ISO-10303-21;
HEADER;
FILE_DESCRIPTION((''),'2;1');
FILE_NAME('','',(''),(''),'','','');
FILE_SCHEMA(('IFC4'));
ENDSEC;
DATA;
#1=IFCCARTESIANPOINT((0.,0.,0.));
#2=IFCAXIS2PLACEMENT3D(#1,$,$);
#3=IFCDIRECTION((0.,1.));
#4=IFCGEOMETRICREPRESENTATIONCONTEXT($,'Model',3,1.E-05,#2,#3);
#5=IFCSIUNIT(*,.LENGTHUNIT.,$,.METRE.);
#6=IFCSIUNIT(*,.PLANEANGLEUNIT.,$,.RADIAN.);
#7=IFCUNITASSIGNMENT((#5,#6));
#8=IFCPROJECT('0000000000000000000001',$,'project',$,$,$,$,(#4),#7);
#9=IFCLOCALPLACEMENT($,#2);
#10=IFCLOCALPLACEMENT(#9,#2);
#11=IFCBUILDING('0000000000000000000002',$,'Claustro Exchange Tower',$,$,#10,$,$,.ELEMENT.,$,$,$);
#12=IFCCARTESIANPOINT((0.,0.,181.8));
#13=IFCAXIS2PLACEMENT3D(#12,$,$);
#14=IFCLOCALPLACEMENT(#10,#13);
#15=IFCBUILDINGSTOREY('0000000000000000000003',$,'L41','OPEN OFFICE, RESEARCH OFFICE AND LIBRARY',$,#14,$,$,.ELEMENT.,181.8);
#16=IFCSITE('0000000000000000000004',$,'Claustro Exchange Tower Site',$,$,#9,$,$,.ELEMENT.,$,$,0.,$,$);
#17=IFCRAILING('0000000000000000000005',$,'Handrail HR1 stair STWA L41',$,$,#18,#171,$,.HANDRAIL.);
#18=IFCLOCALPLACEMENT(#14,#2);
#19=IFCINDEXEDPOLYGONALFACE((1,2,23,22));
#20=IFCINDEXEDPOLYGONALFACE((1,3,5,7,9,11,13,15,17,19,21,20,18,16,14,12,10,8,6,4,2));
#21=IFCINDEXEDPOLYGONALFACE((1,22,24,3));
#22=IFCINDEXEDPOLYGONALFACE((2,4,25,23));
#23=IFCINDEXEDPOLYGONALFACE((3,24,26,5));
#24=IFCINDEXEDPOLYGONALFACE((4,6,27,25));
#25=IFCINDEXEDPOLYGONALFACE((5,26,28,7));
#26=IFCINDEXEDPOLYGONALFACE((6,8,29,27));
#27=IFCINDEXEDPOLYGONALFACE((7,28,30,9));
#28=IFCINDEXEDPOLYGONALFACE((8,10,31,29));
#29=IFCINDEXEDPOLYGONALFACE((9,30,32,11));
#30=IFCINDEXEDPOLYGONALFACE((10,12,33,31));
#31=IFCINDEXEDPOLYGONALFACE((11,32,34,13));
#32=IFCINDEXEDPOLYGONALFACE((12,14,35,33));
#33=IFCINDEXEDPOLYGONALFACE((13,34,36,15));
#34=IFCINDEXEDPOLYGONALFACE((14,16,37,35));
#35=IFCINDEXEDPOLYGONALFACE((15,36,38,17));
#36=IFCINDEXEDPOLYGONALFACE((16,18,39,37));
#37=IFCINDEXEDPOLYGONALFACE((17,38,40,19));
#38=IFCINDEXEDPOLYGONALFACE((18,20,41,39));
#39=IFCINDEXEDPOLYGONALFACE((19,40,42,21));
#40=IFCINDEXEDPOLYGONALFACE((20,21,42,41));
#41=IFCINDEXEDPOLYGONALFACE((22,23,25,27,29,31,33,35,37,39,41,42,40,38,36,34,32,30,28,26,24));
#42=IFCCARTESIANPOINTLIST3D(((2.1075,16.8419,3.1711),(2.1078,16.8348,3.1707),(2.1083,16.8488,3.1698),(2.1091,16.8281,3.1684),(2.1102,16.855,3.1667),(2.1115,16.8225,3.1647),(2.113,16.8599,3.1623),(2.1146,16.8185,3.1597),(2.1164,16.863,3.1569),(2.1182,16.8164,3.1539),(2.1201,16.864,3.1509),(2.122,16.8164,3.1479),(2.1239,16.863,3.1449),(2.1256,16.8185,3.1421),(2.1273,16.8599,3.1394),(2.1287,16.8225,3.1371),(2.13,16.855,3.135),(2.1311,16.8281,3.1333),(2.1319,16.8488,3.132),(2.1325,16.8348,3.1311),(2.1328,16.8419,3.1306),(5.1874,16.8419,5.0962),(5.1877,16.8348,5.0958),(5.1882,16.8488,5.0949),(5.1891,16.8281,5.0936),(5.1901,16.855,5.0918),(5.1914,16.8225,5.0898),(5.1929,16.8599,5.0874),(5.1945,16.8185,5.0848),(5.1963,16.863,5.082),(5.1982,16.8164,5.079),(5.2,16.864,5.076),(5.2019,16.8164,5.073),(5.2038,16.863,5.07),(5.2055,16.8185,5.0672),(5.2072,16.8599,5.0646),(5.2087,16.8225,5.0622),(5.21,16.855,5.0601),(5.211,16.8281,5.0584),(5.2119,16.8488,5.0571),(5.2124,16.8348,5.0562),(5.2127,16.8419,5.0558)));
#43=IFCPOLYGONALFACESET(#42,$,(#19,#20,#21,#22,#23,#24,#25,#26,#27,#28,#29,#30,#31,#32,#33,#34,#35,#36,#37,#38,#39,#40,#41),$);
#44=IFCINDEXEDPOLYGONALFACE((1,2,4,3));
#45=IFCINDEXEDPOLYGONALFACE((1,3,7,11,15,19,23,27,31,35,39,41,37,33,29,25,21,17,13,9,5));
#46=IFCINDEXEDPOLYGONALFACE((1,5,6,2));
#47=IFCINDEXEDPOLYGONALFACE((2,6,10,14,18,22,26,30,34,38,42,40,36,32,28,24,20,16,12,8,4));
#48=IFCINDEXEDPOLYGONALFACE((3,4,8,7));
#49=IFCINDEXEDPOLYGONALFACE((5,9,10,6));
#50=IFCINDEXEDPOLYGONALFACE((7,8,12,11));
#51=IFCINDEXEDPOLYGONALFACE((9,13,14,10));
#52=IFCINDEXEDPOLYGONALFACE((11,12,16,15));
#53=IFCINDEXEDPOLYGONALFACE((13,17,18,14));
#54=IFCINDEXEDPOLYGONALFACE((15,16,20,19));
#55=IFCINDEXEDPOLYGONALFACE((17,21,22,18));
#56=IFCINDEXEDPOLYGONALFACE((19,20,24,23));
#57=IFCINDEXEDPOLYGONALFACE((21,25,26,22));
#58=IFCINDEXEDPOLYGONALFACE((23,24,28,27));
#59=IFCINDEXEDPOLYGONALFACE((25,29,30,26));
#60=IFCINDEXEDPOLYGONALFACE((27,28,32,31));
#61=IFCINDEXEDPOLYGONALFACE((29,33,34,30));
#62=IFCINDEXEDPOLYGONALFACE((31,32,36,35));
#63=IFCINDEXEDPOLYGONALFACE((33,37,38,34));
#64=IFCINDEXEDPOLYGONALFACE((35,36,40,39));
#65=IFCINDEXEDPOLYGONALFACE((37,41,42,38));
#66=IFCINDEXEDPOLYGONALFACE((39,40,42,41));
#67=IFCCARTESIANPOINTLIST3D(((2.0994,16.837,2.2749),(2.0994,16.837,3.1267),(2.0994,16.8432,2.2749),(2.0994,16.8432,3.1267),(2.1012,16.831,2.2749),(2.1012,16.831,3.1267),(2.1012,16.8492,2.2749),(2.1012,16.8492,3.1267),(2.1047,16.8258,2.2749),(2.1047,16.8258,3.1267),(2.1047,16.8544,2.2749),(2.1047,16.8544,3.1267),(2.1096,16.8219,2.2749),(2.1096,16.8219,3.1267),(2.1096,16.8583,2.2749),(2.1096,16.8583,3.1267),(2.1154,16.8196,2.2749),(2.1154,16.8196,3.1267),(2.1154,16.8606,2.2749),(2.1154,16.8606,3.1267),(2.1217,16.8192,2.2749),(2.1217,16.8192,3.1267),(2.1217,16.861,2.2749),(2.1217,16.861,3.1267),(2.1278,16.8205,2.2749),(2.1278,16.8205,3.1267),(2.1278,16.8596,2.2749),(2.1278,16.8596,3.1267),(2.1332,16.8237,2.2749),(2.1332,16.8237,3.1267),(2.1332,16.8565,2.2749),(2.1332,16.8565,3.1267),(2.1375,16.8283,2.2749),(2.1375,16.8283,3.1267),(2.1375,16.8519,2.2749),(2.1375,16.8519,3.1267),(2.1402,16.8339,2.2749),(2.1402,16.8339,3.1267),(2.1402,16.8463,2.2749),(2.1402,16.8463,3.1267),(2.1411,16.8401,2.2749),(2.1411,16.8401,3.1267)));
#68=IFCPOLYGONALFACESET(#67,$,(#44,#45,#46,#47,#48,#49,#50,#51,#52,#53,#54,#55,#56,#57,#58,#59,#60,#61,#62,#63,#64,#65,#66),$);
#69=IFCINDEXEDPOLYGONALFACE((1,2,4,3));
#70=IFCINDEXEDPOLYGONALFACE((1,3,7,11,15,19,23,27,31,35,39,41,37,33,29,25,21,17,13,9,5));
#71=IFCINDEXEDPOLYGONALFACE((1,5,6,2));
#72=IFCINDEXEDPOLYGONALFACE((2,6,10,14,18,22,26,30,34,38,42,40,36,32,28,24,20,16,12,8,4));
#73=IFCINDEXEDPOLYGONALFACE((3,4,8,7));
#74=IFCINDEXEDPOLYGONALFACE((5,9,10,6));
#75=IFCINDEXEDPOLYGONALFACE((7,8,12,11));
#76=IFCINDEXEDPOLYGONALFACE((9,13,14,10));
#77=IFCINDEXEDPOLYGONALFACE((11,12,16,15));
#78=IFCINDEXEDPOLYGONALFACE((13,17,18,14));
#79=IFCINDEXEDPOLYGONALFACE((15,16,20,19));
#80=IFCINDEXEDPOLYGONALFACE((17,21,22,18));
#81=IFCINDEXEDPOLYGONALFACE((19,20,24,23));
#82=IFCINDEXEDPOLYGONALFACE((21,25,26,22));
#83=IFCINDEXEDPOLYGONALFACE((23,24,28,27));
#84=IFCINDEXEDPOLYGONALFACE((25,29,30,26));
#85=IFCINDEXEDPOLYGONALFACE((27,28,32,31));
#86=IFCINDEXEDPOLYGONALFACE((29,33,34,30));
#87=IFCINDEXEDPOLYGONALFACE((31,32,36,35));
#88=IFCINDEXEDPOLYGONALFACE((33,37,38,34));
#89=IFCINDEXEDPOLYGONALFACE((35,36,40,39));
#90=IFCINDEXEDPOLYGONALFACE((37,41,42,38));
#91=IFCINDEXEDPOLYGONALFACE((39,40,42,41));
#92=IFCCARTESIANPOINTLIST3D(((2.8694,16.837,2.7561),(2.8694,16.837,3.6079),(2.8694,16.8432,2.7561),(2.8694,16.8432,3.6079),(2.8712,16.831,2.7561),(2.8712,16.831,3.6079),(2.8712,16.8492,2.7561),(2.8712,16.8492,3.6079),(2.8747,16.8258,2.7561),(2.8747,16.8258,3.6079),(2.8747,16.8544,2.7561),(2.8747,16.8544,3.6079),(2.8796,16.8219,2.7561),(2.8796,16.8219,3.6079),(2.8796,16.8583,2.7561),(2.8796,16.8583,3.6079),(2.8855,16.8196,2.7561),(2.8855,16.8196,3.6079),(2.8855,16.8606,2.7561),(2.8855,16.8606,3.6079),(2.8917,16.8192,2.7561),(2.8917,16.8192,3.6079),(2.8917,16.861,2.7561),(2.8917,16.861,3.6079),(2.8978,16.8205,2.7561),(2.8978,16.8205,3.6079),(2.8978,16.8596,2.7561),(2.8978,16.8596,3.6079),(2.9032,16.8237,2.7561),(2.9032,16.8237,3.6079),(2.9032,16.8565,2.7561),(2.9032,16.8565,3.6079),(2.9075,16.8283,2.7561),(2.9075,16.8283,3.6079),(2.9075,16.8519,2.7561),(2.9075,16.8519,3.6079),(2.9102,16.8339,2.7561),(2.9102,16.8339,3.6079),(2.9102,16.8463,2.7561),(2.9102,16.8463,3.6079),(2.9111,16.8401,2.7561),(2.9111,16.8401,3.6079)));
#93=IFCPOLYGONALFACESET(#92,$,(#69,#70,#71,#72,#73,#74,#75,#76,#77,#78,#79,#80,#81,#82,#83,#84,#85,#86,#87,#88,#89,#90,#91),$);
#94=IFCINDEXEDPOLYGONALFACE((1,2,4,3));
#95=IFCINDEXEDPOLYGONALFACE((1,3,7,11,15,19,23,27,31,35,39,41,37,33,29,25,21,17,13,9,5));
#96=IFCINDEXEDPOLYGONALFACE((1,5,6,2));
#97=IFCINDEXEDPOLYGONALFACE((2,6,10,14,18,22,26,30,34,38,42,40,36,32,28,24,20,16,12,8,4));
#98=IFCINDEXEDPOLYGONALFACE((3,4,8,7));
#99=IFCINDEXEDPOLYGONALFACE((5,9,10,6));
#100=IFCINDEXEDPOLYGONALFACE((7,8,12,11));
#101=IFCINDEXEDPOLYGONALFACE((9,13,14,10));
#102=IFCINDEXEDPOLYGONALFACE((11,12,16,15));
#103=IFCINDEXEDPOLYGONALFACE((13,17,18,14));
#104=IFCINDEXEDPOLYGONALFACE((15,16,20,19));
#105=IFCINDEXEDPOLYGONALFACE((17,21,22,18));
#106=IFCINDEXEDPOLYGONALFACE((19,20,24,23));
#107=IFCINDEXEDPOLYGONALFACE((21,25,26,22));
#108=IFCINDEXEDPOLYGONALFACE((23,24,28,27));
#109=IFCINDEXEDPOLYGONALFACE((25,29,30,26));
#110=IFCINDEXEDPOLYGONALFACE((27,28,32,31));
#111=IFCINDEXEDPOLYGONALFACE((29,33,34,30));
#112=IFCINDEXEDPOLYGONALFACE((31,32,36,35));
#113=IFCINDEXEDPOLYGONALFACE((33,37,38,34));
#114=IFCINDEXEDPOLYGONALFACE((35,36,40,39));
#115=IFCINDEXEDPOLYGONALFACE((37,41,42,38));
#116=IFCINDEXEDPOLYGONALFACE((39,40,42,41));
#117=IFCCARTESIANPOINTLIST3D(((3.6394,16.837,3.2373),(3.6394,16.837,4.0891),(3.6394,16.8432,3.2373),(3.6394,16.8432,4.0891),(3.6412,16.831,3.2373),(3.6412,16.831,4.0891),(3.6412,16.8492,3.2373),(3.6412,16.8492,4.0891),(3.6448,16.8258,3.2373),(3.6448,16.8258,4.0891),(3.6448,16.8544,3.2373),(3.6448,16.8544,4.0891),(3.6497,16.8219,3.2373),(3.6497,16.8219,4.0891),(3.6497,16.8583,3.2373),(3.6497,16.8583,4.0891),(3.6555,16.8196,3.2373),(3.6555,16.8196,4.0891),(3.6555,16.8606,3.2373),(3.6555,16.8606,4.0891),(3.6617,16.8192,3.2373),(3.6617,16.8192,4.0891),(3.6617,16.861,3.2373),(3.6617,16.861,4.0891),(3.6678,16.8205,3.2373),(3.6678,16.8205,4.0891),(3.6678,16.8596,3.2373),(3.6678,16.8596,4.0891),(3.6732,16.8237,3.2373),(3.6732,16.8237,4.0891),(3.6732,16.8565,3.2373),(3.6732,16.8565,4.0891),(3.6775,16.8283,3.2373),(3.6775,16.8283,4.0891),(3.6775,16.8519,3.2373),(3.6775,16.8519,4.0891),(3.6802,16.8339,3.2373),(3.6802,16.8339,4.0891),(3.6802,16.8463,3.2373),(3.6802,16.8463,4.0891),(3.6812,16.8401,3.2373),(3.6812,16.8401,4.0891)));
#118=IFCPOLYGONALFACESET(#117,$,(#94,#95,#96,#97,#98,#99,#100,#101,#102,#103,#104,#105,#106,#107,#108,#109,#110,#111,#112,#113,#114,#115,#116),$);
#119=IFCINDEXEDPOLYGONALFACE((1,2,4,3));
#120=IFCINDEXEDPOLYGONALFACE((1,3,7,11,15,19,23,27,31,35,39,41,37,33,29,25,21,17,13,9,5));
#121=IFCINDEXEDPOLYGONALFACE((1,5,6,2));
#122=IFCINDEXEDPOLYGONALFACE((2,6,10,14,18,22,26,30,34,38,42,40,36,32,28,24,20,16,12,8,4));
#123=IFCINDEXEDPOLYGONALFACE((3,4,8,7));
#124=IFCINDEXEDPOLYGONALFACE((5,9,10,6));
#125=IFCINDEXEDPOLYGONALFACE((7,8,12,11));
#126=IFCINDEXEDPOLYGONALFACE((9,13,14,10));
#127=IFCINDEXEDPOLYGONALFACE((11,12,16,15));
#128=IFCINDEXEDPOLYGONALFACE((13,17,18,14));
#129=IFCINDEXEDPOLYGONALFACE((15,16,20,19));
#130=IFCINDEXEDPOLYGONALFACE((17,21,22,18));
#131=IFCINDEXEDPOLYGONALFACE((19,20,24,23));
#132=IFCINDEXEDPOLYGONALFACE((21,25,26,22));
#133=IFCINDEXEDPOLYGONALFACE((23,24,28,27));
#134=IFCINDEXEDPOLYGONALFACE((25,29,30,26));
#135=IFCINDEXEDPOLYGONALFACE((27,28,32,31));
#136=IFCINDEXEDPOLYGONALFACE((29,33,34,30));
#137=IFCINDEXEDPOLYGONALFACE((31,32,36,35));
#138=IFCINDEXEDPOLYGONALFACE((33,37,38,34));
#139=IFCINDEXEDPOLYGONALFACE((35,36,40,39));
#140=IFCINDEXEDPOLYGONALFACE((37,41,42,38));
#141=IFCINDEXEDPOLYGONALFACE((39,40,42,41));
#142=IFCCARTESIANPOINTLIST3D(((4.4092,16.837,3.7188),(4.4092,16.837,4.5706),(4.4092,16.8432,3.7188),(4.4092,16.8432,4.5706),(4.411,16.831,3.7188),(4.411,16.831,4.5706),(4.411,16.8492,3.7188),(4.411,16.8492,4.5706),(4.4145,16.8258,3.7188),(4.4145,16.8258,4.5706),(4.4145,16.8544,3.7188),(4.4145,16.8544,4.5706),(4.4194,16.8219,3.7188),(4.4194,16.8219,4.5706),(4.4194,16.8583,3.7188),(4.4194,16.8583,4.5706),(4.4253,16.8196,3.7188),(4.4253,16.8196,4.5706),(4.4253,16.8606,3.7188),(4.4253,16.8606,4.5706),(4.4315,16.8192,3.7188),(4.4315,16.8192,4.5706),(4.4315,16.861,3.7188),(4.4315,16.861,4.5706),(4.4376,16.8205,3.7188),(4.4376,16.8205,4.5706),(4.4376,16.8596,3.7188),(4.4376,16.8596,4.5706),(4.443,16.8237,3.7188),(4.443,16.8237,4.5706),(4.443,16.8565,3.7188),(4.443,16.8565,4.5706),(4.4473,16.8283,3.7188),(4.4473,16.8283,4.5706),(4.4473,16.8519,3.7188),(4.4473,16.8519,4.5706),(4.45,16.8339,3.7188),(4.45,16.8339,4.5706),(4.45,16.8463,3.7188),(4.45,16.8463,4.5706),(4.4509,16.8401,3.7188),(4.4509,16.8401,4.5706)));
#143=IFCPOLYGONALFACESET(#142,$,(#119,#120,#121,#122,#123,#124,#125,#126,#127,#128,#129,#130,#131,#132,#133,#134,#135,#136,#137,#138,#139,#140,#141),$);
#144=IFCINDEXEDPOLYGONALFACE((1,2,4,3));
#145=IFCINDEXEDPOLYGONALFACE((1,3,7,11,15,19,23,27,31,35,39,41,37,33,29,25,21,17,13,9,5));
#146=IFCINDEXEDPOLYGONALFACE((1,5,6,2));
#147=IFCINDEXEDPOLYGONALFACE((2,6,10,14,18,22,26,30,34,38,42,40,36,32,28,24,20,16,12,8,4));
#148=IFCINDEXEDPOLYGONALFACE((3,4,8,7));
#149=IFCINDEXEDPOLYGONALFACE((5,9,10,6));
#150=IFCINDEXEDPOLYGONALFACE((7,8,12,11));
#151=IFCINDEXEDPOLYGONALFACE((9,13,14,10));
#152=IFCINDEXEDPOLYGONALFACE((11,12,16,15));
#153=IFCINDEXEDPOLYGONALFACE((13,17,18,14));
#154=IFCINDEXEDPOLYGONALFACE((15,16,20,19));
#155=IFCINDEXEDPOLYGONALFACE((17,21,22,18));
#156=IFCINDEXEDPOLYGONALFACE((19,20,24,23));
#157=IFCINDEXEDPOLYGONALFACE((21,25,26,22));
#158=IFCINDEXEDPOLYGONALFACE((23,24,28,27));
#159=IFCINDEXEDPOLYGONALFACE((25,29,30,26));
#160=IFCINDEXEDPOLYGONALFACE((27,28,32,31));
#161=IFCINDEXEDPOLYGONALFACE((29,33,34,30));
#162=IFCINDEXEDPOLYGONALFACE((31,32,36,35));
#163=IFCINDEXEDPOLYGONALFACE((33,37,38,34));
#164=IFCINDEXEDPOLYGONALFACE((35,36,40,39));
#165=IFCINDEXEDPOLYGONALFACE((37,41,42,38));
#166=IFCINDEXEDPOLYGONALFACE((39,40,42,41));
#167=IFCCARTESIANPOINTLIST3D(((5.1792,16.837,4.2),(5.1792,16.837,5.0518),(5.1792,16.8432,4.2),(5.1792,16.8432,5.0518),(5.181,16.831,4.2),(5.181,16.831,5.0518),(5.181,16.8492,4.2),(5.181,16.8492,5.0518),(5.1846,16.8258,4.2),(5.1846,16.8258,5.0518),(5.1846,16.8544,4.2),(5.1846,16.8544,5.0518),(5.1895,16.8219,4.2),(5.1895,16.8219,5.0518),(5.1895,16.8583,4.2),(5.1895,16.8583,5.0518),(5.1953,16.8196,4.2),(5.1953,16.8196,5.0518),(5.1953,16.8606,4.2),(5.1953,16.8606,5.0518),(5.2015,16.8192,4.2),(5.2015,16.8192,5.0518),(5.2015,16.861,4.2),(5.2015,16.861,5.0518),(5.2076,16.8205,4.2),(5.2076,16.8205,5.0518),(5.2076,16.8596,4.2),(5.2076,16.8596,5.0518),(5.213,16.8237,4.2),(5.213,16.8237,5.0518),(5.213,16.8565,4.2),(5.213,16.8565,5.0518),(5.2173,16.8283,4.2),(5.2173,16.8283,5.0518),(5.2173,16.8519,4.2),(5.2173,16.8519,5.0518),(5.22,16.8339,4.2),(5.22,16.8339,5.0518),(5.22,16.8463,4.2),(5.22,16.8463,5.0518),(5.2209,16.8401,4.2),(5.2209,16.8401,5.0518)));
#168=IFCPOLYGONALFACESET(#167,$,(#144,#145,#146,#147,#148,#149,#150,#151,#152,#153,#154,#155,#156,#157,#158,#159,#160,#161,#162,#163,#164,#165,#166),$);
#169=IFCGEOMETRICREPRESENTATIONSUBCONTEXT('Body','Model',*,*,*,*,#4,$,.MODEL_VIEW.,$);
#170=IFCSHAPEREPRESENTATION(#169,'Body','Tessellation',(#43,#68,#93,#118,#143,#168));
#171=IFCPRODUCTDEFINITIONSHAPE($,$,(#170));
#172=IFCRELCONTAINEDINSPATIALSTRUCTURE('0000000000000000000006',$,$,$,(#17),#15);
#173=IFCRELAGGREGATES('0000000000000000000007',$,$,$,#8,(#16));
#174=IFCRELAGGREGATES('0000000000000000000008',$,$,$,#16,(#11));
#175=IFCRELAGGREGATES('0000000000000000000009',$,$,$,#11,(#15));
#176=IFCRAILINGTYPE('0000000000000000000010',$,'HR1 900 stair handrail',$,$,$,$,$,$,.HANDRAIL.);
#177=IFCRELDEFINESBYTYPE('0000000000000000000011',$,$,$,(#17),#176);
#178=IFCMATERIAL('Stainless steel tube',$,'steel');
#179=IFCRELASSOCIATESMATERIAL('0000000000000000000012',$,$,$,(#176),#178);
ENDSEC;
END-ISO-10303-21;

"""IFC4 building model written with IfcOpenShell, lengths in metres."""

from ifc_helpers import new_model, si_unit, direction, frame, origin, origin_2d, place, context, subcontext, project, spatial, circle, extrude, material, type_object, element, save


model = new_model("IFC4")

# Units and contexts
model_context = context("Model", 3, precision=1e-05, world=origin(), true_north=direction((0.0, 1.0)))
body_context = subcontext(model_context, "Body", "Model", "MODEL_VIEW")
ifc_project = project(units=[si_unit("LENGTHUNIT", "METRE"), si_unit("PLANEANGLEUNIT", "RADIAN")], contexts=[model_context])

# Site, building, storey
site_placement = place(None, origin())
site = spatial("IfcSite", under=ifc_project, at=site_placement, Name="Claustro Exchange Tower Site", CompositionType="ELEMENT", RefElevation=0.0)
building_placement = place(site_placement, origin())
building = spatial("IfcBuilding", under=site, at=building_placement, Name="Claustro Exchange Tower", CompositionType="ELEMENT")
storey_placement = place(building_placement, frame((0.0, 0.0, 181.8)))
storey = spatial("IfcBuildingStorey", under=building, at=storey_placement, Name="L41", Description="OPEN OFFICE, RESEARCH OFFICE AND LIBRARY", CompositionType="ELEMENT", Elevation=181.8)

# Railing
ifc_material_1 = material(Name="Stainless steel tube", Category="steel")
railing_type = type_object("IfcRailingType", Name="HR1 900 stair handrail", PredefinedType="HANDRAIL", material=ifc_material_1)
railing_placement = place(storey_placement, frame((2.1201, 16.8401, 2.2749)))
element("IfcRailing", 1, at=railing_placement, inside=storey, type_object=railing_type, Name="Handrail HR1 stair STWA L41", PredefinedType="HANDRAIL", context=body_context, shape_type="SweptSolid", body=[
    extrude(circle(Radius=0.0239, at=origin_2d()), frame((0.0, 0.0, 0.876), z_axis=(0.847979, 0.0, 0.530029), x_axis=(0.0, 1.0, 0.0)), (0.0, 0.0, 1.0), 3.6321),
    extrude(circle(Radius=0.021, at=origin_2d()), origin(), (0.0, 0.0, 1.0), 0.8518),
    extrude(circle(Radius=0.021, at=origin_2d()), frame((0.77, 0.0, 0.4812)), (0.0, 0.0, 1.0), 0.8518),
    extrude(circle(Radius=0.021, at=origin_2d()), frame((1.54, 0.0, 0.9624)), (0.0, 0.0, 1.0), 0.8518),
    extrude(circle(Radius=0.021, at=origin_2d()), frame((2.3098, 0.0, 1.4438)), (0.0, 0.0, 1.0), 0.8518),
    extrude(circle(Radius=0.021, at=origin_2d()), frame((3.0798, 0.0, 1.925)), (0.0, 0.0, 1.0), 0.8518),
])

save(model, "model.ifc")
